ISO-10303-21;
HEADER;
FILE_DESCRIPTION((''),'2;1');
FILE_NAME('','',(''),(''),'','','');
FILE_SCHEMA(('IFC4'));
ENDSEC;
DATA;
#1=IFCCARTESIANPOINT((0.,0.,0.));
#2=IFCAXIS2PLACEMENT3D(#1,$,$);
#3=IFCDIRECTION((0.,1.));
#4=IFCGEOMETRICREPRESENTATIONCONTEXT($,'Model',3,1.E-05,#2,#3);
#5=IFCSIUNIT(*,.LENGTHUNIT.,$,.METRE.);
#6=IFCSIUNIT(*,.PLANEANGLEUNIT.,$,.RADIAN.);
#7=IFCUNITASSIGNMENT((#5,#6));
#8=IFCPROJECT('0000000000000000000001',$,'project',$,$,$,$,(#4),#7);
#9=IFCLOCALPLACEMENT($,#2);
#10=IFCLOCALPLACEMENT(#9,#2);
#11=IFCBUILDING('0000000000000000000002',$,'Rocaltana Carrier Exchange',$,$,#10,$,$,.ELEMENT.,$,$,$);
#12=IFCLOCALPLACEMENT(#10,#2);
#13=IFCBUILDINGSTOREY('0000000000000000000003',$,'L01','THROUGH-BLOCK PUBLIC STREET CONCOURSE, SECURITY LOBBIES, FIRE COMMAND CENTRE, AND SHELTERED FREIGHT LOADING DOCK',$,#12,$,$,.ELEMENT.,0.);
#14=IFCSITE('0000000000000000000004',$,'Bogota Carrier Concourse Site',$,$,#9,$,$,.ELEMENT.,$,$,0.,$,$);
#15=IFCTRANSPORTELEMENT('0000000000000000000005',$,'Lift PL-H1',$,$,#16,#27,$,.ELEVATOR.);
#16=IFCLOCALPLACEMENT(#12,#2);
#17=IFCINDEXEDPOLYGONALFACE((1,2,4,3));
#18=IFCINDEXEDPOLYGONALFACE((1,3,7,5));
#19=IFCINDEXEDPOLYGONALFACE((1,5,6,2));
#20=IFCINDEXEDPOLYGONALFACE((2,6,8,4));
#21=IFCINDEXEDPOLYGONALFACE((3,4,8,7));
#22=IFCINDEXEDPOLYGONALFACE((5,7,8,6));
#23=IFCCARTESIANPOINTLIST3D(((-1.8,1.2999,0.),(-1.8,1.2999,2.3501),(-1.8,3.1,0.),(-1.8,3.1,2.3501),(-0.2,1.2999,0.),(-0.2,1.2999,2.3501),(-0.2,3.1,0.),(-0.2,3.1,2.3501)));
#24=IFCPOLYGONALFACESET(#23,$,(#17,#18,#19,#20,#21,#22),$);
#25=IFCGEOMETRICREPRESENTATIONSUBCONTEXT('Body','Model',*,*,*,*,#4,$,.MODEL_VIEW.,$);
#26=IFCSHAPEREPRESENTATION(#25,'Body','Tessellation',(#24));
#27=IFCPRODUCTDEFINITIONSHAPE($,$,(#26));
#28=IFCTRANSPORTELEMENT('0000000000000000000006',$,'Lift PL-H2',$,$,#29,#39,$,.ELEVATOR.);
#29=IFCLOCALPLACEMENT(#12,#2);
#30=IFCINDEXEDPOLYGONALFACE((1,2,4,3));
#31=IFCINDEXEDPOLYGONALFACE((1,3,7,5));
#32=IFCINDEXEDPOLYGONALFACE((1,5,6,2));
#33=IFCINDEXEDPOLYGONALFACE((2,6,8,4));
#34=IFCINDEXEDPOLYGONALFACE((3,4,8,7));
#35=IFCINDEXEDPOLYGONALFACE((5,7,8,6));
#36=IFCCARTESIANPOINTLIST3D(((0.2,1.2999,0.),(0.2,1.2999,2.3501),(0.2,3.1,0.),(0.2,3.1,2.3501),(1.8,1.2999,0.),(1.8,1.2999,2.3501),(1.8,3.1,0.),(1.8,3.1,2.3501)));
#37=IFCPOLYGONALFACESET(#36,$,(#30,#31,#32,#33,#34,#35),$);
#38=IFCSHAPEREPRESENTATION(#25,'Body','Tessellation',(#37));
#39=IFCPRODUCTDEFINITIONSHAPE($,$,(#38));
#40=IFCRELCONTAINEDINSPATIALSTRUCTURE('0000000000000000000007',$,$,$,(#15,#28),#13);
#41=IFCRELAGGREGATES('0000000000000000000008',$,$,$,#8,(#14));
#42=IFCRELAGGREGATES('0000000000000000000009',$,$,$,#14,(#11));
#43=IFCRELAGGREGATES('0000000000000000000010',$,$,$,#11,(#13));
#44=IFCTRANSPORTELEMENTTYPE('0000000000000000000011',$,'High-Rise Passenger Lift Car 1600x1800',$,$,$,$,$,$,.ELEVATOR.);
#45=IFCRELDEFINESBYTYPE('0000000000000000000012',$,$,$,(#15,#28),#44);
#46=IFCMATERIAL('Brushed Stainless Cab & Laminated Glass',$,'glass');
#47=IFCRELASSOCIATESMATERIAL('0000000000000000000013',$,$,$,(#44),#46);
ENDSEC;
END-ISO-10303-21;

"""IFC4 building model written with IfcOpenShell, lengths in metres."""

from ifc_helpers import new_model, si_unit, direction, frame, origin, origin_2d, place, context, subcontext, project, spatial, rectangle, extrude, material, type_object, element, save


model = new_model("IFC4")

# Units and contexts
model_context = context("Model", 3, precision=1e-05, world=origin(), true_north=direction((0.0, 1.0)))
body_context = subcontext(model_context, "Body", "Model", "MODEL_VIEW")
ifc_project = project(units=[si_unit("LENGTHUNIT", "METRE"), si_unit("PLANEANGLEUNIT", "RADIAN")], contexts=[model_context])

# Site, building, storey
site_placement = place(None, origin())
site = spatial("IfcSite", under=ifc_project, at=site_placement, Name="Bogota Carrier Concourse Site", CompositionType="ELEMENT", RefElevation=0.0)
building_placement = place(site_placement, origin())
building = spatial("IfcBuilding", under=site, at=building_placement, Name="Rocaltana Carrier Exchange", CompositionType="ELEMENT")
storey_placement = place(building_placement, origin())
storey = spatial("IfcBuildingStorey", under=building, at=storey_placement, Name="L01", Description="THROUGH-BLOCK PUBLIC STREET CONCOURSE, SECURITY LOBBIES, FIRE COMMAND CENTRE, AND SHELTERED FREIGHT LOADING DOCK", CompositionType="ELEMENT", Elevation=0.0)

# Transport elements
ifc_material_1 = material(Name="Brushed Stainless Cab & Laminated Glass", Category="glass")
transport_element_type = type_object("IfcTransportElementType", Name="High-Rise Passenger Lift Car 1600x1800", PredefinedType="ELEVATOR", material=ifc_material_1)
for number, where, z_axis, x_axis, name in (
    (1, (-1.0, 2.2, 0.0), (0.0, 0.0, 1.0), (1.0, 0.0, 0.0), "Lift PL-H1"),
    (2, (1.0, 2.2, 0.0), (0.0, 0.0, 1.0), (1.0, 0.0, 0.0), "Lift PL-H2"),
):
    element("IfcTransportElement", number, at=place(storey_placement, frame(where, z_axis=z_axis, x_axis=x_axis)), inside=storey, type_object=transport_element_type, Name=name, PredefinedType="ELEVATOR", context=body_context, shape_type="SweptSolid", body=[
        extrude(rectangle(XDim=1.6001, YDim=1.8, at=origin_2d()), origin(), (0.0, 0.0, 1.0), 2.3501),
    ])

save(model, "model.ifc")
